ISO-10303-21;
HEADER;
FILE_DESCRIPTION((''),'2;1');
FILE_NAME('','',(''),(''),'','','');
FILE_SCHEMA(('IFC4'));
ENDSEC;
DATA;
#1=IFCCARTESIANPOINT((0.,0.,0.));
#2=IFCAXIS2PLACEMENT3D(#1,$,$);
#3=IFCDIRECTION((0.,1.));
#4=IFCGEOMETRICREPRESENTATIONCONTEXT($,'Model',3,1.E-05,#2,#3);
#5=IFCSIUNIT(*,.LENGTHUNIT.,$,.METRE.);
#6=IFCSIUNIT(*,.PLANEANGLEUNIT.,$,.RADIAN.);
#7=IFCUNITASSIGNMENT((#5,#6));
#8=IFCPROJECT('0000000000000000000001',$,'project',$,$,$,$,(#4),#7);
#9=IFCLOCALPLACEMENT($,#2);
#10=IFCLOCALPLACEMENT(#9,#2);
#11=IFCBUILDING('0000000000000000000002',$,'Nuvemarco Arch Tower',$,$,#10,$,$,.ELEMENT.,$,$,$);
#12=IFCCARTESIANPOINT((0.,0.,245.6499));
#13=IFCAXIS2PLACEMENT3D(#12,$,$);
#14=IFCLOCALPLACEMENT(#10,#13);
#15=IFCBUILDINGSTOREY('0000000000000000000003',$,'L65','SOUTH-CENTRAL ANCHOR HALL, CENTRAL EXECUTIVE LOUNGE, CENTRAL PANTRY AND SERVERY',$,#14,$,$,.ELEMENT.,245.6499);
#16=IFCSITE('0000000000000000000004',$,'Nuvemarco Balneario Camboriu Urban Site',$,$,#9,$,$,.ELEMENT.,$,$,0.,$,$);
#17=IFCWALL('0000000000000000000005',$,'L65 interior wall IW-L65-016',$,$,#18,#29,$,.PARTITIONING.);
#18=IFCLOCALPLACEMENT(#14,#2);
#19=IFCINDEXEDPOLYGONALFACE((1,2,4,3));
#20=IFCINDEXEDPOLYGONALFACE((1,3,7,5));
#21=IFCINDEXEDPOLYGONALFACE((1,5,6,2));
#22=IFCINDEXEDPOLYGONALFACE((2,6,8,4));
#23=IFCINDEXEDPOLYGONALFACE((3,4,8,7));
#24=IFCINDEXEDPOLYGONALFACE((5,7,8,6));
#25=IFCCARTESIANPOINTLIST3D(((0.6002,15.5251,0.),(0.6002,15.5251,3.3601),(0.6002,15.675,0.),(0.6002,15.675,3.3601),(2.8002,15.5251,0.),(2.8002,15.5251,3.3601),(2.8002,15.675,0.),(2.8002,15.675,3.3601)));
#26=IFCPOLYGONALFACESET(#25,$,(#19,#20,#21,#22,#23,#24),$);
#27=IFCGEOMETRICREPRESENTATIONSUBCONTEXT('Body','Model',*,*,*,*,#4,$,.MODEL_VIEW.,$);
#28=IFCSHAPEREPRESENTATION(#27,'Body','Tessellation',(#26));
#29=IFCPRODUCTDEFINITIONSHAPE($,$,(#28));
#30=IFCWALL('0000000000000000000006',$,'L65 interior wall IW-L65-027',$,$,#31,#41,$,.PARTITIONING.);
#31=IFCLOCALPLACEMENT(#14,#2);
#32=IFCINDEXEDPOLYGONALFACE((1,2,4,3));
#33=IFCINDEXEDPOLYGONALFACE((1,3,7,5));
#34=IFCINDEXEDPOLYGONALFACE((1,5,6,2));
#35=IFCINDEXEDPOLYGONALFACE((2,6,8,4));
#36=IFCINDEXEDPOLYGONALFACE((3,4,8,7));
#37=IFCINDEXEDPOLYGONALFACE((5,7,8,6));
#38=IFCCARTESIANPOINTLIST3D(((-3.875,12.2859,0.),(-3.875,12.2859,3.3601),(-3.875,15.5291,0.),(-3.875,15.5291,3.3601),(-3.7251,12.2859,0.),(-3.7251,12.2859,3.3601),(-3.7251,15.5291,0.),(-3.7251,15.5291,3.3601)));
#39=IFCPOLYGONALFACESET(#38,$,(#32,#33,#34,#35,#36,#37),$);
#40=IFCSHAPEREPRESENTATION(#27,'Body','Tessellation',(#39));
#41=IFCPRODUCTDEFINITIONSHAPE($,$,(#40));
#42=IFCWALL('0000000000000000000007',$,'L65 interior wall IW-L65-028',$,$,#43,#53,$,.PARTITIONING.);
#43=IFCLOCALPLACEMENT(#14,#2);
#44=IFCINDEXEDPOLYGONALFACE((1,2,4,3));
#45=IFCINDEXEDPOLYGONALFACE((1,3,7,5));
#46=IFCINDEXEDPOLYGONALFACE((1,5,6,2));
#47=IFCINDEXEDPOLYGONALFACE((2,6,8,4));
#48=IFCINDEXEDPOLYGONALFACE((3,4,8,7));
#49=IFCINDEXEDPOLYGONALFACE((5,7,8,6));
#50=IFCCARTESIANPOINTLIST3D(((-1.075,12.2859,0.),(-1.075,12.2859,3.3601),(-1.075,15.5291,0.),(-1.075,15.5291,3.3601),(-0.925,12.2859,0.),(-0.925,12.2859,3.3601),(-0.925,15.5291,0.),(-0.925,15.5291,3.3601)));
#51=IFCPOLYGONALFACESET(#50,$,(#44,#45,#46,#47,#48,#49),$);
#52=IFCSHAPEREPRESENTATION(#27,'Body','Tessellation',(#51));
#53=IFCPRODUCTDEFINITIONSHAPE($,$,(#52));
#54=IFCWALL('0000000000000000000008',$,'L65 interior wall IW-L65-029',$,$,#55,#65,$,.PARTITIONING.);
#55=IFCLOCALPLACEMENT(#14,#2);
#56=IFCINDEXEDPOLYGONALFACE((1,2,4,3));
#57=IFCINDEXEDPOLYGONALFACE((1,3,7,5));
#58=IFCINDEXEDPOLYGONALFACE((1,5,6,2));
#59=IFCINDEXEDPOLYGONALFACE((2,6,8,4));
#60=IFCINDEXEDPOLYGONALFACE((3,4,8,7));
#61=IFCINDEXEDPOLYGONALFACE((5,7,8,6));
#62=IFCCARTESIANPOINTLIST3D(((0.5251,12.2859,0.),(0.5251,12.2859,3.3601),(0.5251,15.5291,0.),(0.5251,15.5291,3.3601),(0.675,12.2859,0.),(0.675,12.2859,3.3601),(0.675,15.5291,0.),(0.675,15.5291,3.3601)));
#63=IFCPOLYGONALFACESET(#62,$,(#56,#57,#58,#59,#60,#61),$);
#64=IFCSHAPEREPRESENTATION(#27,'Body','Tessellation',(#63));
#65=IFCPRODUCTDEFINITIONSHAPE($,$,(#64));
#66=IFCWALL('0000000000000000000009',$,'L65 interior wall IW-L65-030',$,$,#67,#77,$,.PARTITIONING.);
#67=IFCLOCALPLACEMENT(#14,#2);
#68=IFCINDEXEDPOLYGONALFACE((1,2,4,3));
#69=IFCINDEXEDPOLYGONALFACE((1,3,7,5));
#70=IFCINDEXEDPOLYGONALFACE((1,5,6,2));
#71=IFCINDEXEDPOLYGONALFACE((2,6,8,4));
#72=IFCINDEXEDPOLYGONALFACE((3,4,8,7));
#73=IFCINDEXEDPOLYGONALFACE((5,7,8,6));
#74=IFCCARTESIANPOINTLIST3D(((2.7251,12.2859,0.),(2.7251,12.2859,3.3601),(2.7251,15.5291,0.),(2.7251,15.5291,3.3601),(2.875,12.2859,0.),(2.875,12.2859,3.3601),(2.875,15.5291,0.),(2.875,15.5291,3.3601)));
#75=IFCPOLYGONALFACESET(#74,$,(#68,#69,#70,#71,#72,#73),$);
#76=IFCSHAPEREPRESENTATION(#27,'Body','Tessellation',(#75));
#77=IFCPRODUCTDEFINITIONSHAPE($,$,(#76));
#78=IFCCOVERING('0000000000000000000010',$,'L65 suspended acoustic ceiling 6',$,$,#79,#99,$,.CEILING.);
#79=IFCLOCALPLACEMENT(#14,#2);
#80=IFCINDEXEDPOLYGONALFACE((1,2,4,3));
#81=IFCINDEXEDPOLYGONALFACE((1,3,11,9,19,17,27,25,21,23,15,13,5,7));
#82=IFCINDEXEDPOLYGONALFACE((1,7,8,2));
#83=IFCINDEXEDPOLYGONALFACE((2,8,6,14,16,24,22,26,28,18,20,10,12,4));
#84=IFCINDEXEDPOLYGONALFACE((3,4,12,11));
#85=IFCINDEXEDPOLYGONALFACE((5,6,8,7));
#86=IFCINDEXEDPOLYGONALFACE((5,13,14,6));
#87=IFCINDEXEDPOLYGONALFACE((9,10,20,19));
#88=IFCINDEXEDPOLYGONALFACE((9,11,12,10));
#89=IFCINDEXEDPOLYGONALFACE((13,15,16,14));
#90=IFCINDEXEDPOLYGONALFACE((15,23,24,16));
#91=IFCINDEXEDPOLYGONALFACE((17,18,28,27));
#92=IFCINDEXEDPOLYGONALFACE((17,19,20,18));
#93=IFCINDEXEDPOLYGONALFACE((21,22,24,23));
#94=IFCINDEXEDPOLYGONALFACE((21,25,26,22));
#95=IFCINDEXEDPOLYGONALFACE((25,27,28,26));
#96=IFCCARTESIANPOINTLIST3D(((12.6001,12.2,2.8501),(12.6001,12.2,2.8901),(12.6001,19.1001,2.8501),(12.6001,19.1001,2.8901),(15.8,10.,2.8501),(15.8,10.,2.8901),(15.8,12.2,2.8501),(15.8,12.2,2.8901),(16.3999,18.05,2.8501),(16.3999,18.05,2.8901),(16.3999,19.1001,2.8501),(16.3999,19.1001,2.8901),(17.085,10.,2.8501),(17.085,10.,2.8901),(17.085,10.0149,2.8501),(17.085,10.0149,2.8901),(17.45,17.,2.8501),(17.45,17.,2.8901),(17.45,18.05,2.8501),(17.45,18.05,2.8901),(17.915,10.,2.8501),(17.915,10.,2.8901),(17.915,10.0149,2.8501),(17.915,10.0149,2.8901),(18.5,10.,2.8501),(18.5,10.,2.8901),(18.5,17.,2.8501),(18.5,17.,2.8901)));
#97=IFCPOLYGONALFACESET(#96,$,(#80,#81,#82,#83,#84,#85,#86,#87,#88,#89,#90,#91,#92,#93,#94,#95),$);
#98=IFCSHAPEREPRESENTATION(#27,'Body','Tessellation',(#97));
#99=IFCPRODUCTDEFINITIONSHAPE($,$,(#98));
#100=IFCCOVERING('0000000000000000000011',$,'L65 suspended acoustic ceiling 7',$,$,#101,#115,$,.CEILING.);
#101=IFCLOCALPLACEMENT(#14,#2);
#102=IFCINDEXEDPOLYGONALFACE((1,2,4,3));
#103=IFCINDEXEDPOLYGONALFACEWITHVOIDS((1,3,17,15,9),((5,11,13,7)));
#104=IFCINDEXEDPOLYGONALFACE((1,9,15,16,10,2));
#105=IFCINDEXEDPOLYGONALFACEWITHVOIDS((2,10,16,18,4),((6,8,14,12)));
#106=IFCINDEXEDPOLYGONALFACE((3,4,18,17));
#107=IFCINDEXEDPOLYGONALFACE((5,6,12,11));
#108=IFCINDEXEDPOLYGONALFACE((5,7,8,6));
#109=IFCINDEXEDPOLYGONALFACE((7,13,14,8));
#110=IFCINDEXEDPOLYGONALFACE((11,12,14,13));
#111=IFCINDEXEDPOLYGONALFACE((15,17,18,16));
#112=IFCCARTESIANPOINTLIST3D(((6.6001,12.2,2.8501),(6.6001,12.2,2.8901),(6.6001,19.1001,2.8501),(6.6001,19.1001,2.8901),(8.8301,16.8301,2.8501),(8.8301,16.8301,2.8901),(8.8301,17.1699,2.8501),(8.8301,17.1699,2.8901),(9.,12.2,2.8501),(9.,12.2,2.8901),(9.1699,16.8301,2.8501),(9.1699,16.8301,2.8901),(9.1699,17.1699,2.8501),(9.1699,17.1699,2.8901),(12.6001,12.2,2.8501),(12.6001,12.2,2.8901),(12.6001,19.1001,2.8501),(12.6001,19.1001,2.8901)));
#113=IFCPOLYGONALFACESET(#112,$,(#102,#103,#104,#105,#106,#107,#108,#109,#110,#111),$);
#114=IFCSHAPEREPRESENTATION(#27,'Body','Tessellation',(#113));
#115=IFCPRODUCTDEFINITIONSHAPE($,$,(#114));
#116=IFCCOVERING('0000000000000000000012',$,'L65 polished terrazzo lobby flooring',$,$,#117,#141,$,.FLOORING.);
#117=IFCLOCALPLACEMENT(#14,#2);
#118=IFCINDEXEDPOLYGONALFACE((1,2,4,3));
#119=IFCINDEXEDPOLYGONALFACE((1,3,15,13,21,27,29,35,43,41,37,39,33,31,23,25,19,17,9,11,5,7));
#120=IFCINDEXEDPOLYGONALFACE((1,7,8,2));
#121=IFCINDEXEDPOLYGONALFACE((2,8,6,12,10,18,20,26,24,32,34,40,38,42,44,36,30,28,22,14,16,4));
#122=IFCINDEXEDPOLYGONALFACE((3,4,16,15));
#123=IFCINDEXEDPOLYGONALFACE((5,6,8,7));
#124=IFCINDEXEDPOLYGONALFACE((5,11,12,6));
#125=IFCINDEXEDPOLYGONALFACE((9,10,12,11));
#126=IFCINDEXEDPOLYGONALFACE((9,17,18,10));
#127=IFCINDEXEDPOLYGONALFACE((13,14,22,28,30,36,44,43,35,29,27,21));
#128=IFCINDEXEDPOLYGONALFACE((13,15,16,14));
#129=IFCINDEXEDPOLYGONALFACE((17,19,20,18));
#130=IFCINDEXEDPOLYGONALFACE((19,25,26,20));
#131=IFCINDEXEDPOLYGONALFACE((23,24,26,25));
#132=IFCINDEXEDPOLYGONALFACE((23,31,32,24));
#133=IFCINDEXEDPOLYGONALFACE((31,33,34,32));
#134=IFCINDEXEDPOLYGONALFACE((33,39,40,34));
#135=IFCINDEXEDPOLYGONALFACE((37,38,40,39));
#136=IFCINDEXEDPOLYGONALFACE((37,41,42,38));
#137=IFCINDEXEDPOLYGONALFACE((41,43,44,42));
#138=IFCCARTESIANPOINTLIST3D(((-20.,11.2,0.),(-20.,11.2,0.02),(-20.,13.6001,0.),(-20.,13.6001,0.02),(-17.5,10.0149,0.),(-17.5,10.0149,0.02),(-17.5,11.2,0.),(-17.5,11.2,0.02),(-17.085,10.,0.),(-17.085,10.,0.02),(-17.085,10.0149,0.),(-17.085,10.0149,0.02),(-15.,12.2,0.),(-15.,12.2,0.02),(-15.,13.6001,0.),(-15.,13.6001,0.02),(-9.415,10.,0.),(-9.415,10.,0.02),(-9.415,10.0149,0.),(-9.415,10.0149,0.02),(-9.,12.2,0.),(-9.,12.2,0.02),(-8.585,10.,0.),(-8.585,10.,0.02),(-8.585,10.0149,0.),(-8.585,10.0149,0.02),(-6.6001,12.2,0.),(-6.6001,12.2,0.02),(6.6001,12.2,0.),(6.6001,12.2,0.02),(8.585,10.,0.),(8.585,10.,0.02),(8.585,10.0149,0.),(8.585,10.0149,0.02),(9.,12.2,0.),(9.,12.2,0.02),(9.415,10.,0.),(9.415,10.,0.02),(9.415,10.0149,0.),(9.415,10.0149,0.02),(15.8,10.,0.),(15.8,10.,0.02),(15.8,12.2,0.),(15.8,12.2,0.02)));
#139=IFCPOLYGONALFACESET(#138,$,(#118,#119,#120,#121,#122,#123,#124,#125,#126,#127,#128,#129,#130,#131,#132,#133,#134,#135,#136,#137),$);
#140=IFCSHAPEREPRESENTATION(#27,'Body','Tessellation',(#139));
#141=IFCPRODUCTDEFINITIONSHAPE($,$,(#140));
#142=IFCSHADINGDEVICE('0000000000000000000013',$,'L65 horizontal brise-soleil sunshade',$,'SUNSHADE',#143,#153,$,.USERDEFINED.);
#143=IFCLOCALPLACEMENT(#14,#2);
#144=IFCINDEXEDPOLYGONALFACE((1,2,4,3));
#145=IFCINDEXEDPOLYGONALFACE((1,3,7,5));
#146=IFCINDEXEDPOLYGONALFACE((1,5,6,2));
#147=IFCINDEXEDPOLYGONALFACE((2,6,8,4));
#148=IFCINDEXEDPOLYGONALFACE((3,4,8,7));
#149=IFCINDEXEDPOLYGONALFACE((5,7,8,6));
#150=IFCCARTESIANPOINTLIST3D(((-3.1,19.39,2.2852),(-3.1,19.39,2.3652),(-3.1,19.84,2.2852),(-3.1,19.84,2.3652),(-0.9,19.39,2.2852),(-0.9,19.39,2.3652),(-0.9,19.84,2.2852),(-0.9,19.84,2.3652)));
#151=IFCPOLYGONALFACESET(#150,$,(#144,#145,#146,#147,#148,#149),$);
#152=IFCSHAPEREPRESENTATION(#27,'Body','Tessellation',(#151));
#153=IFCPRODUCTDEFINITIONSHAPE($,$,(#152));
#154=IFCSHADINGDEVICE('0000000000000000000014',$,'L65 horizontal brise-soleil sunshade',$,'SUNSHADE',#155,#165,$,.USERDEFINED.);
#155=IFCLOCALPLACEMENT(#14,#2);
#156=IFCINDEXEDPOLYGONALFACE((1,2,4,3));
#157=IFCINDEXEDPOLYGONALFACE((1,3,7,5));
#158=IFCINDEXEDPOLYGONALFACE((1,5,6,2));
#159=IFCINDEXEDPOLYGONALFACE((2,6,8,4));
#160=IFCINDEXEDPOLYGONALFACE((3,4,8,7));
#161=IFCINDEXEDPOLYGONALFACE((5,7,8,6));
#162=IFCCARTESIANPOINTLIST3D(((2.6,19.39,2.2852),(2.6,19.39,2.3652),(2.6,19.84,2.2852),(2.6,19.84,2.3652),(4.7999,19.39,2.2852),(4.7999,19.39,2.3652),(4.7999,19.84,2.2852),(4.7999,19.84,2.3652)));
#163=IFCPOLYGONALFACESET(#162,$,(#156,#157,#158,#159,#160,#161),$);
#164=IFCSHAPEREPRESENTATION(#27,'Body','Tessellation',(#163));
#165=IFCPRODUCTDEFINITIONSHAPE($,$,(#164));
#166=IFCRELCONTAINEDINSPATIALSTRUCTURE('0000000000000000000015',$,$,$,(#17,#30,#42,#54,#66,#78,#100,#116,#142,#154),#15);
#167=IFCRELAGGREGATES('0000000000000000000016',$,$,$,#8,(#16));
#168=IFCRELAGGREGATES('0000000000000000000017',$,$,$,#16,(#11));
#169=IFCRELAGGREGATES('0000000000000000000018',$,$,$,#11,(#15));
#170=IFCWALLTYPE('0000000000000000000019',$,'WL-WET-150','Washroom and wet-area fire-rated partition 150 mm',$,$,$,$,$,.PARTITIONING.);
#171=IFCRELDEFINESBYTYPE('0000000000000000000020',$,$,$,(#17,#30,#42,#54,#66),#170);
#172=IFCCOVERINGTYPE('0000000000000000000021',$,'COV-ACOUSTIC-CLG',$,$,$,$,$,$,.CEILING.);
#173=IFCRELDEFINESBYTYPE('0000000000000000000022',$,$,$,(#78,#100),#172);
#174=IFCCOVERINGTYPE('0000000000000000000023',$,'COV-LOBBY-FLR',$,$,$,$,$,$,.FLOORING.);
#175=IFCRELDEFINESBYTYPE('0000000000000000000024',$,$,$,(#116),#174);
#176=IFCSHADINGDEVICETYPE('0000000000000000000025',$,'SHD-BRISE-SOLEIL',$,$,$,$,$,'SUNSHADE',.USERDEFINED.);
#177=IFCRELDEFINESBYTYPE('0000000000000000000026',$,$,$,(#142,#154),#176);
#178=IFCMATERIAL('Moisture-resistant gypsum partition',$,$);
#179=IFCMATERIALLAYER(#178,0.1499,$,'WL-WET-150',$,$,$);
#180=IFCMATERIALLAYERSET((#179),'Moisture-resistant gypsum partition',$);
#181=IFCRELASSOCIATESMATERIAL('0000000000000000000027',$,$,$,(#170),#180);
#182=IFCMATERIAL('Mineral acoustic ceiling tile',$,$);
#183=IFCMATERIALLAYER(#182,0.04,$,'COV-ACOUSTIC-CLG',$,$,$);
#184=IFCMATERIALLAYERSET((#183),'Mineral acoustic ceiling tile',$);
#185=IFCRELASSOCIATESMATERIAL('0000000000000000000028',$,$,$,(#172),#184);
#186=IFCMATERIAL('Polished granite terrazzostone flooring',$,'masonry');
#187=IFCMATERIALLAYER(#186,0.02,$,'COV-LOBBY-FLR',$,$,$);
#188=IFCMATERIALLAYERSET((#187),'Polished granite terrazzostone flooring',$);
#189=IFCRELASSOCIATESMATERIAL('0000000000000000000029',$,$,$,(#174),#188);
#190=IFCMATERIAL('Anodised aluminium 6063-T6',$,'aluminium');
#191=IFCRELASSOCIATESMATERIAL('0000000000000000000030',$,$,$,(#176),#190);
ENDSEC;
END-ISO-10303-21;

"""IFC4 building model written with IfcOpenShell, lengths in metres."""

from ifc_helpers import new_model, si_unit, direction, frame, frame_2d, origin, origin_2d, place, context, subcontext, project, spatial, polyline, rectangle, outline, extrude, source, transform, mapped, material, layer, layer_set, type_object, type_shapes, element, save


model = new_model("IFC4")

# Units and contexts
model_context = context("Model", 3, precision=1e-05, world=origin(), true_north=direction((0.0, 1.0)))
body_context = subcontext(model_context, "Body", "Model", "MODEL_VIEW")
ifc_project = project(units=[si_unit("LENGTHUNIT", "METRE"), si_unit("PLANEANGLEUNIT", "RADIAN")], contexts=[model_context])

# Site, building, storey
site_placement = place(None, origin())
site = spatial("IfcSite", under=ifc_project, at=site_placement, Name="Nuvemarco Balneario Camboriu Urban Site", CompositionType="ELEMENT", RefElevation=0.0)
building_placement = place(site_placement, origin())
building = spatial("IfcBuilding", under=site, at=building_placement, Name="Nuvemarco Arch Tower", CompositionType="ELEMENT")
storey_placement = place(building_placement, frame((0.0, 0.0, 245.6499)))
storey = spatial("IfcBuildingStorey", under=building, at=storey_placement, Name="L65", Description="SOUTH-CENTRAL ANCHOR HALL, CENTRAL EXECUTIVE LOUNGE, CENTRAL PANTRY AND SERVERY", CompositionType="ELEMENT", Elevation=245.6499)

# Walls
ifc_material_1 = material(Name="Moisture-resistant gypsum partition")
ifc_layer_1 = layer(ifc_material_1, 0.1499, Name="WL-WET-150")
ifc_layer_set_1 = layer_set([ifc_layer_1], Name="Moisture-resistant gypsum partition")
wall_type_1 = type_object("IfcWallType", Name="WL-WET-150", Description="Washroom and wet-area fire-rated partition 150 mm", PredefinedType="PARTITIONING", material=ifc_layer_set_1)
wall_1_placement = place(storey_placement, frame((0.6001, 15.6001, 0.0), z_axis=(0.0, 0.0, 1.0), x_axis=(1.0, 0.0, 0.0)))
element("IfcWall", 1, at=wall_1_placement, inside=storey, type_object=wall_type_1, Name="L65 interior wall IW-L65-016", PredefinedType="PARTITIONING", context=body_context, shape_type="SweptSolid", body=[
    extrude(rectangle(XDim=2.2, YDim=0.1499, at=frame_2d((1.1001, 0.0))), origin(), (0.0, 0.0, 1.0), 3.3601),
])
for number, where, z_axis, x_axis, name in (
    (2, (-3.8, 12.2859, 0.0), (0.0, 0.0, 1.0), (0.0, 1.0, 0.0), "L65 interior wall IW-L65-027"),
    (3, (-1.0, 12.2859, 0.0), (0.0, 0.0, 1.0), (0.0, 1.0, 0.0), "L65 interior wall IW-L65-028"),
    (4, (0.6001, 12.2859, 0.0), (0.0, 0.0, 1.0), (0.0, 1.0, 0.0), "L65 interior wall IW-L65-029"),
    (5, (2.8, 12.2859, 0.0), (0.0, 0.0, 1.0), (0.0, 1.0, 0.0), "L65 interior wall IW-L65-030"),
):
    element("IfcWall", number, at=place(storey_placement, frame(where, z_axis=z_axis, x_axis=x_axis)), inside=storey, type_object=wall_type_1, Name=name, PredefinedType="PARTITIONING", context=body_context, shape_type="SweptSolid", body=[
        extrude(rectangle(XDim=3.2432, YDim=0.1499, at=frame_2d((1.6216, 0.0))), origin(), (0.0, 0.0, 1.0), 3.3601),
    ])

# Coverings
ifc_material_2 = material(Name="Mineral acoustic ceiling tile")
ifc_layer_2 = layer(ifc_material_2, 0.04, Name="COV-ACOUSTIC-CLG")
ifc_layer_set_2 = layer_set([ifc_layer_2], Name="Mineral acoustic ceiling tile")
covering_type_1 = type_object("IfcCoveringType", Name="COV-ACOUSTIC-CLG", PredefinedType="CEILING", material=ifc_layer_set_2)
covering_1_placement = place(storey_placement, frame((0.0, 0.0, 2.8501)))
element("IfcCovering", 6, at=covering_1_placement, inside=storey, type_object=covering_type_1, Name="L65 suspended acoustic ceiling 6", PredefinedType="CEILING", context=body_context, shape_type="SweptSolid", body=[
    extrude(outline(polyline([(18.5, 17.0), (18.5, 10.0), (17.915, 10.0), (17.915, 10.0149), (17.085, 10.0149), (17.085, 10.0), (15.8, 10.0), (15.8, 12.2), (12.6001, 12.2), (12.6001, 19.1001), (16.3999, 19.1001), (16.3999, 18.05), (17.45, 18.05), (17.45, 17.0), (18.5, 17.0)])), origin(), (0.0, 0.0, 1.0), 0.04),
])
covering_2_placement = place(storey_placement, frame((0.0, 0.0, 2.8501)))
element("IfcCovering", 7, at=covering_2_placement, inside=storey, type_object=covering_type_1, Name="L65 suspended acoustic ceiling 7", PredefinedType="CEILING", context=body_context, shape_type="SweptSolid", body=[
    extrude(outline(polyline([(12.6001, 12.2), (9.0, 12.2), (6.6001, 12.2), (6.6001, 19.1001), (12.6001, 19.1001), (12.6001, 12.2)]), holes=[polyline([(9.1699, 17.1699), (8.8301, 17.1699), (8.8301, 16.8301), (9.1699, 16.8301), (9.1699, 17.1699)])]), origin(), (0.0, 0.0, 1.0), 0.04),
])
ifc_material_3 = material(Name="Polished granite terrazzostone flooring", Category="masonry")
ifc_layer_3 = layer(ifc_material_3, 0.02, Name="COV-LOBBY-FLR")
ifc_layer_set_3 = layer_set([ifc_layer_3], Name="Polished granite terrazzostone flooring")
covering_type_2 = type_object("IfcCoveringType", Name="COV-LOBBY-FLR", PredefinedType="FLOORING", material=ifc_layer_set_3)
covering_3_placement = place(storey_placement, origin())
element("IfcCovering", 8, at=covering_3_placement, inside=storey, type_object=covering_type_2, Name="L65 polished terrazzo lobby flooring", PredefinedType="FLOORING", context=body_context, shape_type="SweptSolid", body=[
    extrude(outline(polyline([(-8.585, 10.0149), (-9.415, 10.0149), (-9.415, 10.0), (-17.085, 10.0), (-17.085, 10.0149), (-17.5, 10.0149), (-17.5, 11.2), (-20.0, 11.2), (-20.0, 13.6001), (-15.0, 13.6001), (-15.0, 12.2), (-9.0, 12.2), (-6.6001, 12.2), (6.6001, 12.2), (9.0, 12.2), (15.8, 12.2), (15.8, 10.0), (9.415, 10.0), (9.415, 10.0149), (8.585, 10.0149), (8.585, 10.0), (-8.585, 10.0), (-8.585, 10.0149)])), origin(), (0.0, 0.0, 1.0), 0.02),
])

# Shading devices
ifc_material_4 = material(Name="Anodised aluminium 6063-T6", Category="aluminium")
shading_device_type = type_object("IfcShadingDeviceType", Name="SHD-BRISE-SOLEIL", ElementType="SUNSHADE", PredefinedType="USERDEFINED", material=ifc_material_4)
shared_shape_1 = source(origin(), body_context, "Body", "SweptSolid", [
    extrude(rectangle(XDim=2.2, YDim=0.45, at=origin_2d()), origin(), (0.0, 0.0, 1.0), 0.0801),
])
type_shapes(shading_device_type, [shared_shape_1])
for number, where, z_axis, x_axis, name in (
    (9, (-2.0, 19.615, 2.2852), (0.0, 0.0, 1.0), (1.0, 0.0, 0.0), "L65 horizontal brise-soleil sunshade"),
    (10, (3.7, 19.615, 2.2852), (0.0, 0.0, 1.0), (1.0, 0.0, 0.0), "L65 horizontal brise-soleil sunshade"),
):
    element("IfcShadingDevice", number, at=place(storey_placement, frame(where, z_axis=z_axis, x_axis=x_axis)), inside=storey, type_object=shading_device_type, Name=name, ObjectType="SUNSHADE", PredefinedType="USERDEFINED", context=body_context, shape_type="MappedRepresentation", body=[
        mapped(shared_shape_1, transform((0.0, 0.0, 0.0), scale=1.0)),
    ])

save(model, "model.ifc")
